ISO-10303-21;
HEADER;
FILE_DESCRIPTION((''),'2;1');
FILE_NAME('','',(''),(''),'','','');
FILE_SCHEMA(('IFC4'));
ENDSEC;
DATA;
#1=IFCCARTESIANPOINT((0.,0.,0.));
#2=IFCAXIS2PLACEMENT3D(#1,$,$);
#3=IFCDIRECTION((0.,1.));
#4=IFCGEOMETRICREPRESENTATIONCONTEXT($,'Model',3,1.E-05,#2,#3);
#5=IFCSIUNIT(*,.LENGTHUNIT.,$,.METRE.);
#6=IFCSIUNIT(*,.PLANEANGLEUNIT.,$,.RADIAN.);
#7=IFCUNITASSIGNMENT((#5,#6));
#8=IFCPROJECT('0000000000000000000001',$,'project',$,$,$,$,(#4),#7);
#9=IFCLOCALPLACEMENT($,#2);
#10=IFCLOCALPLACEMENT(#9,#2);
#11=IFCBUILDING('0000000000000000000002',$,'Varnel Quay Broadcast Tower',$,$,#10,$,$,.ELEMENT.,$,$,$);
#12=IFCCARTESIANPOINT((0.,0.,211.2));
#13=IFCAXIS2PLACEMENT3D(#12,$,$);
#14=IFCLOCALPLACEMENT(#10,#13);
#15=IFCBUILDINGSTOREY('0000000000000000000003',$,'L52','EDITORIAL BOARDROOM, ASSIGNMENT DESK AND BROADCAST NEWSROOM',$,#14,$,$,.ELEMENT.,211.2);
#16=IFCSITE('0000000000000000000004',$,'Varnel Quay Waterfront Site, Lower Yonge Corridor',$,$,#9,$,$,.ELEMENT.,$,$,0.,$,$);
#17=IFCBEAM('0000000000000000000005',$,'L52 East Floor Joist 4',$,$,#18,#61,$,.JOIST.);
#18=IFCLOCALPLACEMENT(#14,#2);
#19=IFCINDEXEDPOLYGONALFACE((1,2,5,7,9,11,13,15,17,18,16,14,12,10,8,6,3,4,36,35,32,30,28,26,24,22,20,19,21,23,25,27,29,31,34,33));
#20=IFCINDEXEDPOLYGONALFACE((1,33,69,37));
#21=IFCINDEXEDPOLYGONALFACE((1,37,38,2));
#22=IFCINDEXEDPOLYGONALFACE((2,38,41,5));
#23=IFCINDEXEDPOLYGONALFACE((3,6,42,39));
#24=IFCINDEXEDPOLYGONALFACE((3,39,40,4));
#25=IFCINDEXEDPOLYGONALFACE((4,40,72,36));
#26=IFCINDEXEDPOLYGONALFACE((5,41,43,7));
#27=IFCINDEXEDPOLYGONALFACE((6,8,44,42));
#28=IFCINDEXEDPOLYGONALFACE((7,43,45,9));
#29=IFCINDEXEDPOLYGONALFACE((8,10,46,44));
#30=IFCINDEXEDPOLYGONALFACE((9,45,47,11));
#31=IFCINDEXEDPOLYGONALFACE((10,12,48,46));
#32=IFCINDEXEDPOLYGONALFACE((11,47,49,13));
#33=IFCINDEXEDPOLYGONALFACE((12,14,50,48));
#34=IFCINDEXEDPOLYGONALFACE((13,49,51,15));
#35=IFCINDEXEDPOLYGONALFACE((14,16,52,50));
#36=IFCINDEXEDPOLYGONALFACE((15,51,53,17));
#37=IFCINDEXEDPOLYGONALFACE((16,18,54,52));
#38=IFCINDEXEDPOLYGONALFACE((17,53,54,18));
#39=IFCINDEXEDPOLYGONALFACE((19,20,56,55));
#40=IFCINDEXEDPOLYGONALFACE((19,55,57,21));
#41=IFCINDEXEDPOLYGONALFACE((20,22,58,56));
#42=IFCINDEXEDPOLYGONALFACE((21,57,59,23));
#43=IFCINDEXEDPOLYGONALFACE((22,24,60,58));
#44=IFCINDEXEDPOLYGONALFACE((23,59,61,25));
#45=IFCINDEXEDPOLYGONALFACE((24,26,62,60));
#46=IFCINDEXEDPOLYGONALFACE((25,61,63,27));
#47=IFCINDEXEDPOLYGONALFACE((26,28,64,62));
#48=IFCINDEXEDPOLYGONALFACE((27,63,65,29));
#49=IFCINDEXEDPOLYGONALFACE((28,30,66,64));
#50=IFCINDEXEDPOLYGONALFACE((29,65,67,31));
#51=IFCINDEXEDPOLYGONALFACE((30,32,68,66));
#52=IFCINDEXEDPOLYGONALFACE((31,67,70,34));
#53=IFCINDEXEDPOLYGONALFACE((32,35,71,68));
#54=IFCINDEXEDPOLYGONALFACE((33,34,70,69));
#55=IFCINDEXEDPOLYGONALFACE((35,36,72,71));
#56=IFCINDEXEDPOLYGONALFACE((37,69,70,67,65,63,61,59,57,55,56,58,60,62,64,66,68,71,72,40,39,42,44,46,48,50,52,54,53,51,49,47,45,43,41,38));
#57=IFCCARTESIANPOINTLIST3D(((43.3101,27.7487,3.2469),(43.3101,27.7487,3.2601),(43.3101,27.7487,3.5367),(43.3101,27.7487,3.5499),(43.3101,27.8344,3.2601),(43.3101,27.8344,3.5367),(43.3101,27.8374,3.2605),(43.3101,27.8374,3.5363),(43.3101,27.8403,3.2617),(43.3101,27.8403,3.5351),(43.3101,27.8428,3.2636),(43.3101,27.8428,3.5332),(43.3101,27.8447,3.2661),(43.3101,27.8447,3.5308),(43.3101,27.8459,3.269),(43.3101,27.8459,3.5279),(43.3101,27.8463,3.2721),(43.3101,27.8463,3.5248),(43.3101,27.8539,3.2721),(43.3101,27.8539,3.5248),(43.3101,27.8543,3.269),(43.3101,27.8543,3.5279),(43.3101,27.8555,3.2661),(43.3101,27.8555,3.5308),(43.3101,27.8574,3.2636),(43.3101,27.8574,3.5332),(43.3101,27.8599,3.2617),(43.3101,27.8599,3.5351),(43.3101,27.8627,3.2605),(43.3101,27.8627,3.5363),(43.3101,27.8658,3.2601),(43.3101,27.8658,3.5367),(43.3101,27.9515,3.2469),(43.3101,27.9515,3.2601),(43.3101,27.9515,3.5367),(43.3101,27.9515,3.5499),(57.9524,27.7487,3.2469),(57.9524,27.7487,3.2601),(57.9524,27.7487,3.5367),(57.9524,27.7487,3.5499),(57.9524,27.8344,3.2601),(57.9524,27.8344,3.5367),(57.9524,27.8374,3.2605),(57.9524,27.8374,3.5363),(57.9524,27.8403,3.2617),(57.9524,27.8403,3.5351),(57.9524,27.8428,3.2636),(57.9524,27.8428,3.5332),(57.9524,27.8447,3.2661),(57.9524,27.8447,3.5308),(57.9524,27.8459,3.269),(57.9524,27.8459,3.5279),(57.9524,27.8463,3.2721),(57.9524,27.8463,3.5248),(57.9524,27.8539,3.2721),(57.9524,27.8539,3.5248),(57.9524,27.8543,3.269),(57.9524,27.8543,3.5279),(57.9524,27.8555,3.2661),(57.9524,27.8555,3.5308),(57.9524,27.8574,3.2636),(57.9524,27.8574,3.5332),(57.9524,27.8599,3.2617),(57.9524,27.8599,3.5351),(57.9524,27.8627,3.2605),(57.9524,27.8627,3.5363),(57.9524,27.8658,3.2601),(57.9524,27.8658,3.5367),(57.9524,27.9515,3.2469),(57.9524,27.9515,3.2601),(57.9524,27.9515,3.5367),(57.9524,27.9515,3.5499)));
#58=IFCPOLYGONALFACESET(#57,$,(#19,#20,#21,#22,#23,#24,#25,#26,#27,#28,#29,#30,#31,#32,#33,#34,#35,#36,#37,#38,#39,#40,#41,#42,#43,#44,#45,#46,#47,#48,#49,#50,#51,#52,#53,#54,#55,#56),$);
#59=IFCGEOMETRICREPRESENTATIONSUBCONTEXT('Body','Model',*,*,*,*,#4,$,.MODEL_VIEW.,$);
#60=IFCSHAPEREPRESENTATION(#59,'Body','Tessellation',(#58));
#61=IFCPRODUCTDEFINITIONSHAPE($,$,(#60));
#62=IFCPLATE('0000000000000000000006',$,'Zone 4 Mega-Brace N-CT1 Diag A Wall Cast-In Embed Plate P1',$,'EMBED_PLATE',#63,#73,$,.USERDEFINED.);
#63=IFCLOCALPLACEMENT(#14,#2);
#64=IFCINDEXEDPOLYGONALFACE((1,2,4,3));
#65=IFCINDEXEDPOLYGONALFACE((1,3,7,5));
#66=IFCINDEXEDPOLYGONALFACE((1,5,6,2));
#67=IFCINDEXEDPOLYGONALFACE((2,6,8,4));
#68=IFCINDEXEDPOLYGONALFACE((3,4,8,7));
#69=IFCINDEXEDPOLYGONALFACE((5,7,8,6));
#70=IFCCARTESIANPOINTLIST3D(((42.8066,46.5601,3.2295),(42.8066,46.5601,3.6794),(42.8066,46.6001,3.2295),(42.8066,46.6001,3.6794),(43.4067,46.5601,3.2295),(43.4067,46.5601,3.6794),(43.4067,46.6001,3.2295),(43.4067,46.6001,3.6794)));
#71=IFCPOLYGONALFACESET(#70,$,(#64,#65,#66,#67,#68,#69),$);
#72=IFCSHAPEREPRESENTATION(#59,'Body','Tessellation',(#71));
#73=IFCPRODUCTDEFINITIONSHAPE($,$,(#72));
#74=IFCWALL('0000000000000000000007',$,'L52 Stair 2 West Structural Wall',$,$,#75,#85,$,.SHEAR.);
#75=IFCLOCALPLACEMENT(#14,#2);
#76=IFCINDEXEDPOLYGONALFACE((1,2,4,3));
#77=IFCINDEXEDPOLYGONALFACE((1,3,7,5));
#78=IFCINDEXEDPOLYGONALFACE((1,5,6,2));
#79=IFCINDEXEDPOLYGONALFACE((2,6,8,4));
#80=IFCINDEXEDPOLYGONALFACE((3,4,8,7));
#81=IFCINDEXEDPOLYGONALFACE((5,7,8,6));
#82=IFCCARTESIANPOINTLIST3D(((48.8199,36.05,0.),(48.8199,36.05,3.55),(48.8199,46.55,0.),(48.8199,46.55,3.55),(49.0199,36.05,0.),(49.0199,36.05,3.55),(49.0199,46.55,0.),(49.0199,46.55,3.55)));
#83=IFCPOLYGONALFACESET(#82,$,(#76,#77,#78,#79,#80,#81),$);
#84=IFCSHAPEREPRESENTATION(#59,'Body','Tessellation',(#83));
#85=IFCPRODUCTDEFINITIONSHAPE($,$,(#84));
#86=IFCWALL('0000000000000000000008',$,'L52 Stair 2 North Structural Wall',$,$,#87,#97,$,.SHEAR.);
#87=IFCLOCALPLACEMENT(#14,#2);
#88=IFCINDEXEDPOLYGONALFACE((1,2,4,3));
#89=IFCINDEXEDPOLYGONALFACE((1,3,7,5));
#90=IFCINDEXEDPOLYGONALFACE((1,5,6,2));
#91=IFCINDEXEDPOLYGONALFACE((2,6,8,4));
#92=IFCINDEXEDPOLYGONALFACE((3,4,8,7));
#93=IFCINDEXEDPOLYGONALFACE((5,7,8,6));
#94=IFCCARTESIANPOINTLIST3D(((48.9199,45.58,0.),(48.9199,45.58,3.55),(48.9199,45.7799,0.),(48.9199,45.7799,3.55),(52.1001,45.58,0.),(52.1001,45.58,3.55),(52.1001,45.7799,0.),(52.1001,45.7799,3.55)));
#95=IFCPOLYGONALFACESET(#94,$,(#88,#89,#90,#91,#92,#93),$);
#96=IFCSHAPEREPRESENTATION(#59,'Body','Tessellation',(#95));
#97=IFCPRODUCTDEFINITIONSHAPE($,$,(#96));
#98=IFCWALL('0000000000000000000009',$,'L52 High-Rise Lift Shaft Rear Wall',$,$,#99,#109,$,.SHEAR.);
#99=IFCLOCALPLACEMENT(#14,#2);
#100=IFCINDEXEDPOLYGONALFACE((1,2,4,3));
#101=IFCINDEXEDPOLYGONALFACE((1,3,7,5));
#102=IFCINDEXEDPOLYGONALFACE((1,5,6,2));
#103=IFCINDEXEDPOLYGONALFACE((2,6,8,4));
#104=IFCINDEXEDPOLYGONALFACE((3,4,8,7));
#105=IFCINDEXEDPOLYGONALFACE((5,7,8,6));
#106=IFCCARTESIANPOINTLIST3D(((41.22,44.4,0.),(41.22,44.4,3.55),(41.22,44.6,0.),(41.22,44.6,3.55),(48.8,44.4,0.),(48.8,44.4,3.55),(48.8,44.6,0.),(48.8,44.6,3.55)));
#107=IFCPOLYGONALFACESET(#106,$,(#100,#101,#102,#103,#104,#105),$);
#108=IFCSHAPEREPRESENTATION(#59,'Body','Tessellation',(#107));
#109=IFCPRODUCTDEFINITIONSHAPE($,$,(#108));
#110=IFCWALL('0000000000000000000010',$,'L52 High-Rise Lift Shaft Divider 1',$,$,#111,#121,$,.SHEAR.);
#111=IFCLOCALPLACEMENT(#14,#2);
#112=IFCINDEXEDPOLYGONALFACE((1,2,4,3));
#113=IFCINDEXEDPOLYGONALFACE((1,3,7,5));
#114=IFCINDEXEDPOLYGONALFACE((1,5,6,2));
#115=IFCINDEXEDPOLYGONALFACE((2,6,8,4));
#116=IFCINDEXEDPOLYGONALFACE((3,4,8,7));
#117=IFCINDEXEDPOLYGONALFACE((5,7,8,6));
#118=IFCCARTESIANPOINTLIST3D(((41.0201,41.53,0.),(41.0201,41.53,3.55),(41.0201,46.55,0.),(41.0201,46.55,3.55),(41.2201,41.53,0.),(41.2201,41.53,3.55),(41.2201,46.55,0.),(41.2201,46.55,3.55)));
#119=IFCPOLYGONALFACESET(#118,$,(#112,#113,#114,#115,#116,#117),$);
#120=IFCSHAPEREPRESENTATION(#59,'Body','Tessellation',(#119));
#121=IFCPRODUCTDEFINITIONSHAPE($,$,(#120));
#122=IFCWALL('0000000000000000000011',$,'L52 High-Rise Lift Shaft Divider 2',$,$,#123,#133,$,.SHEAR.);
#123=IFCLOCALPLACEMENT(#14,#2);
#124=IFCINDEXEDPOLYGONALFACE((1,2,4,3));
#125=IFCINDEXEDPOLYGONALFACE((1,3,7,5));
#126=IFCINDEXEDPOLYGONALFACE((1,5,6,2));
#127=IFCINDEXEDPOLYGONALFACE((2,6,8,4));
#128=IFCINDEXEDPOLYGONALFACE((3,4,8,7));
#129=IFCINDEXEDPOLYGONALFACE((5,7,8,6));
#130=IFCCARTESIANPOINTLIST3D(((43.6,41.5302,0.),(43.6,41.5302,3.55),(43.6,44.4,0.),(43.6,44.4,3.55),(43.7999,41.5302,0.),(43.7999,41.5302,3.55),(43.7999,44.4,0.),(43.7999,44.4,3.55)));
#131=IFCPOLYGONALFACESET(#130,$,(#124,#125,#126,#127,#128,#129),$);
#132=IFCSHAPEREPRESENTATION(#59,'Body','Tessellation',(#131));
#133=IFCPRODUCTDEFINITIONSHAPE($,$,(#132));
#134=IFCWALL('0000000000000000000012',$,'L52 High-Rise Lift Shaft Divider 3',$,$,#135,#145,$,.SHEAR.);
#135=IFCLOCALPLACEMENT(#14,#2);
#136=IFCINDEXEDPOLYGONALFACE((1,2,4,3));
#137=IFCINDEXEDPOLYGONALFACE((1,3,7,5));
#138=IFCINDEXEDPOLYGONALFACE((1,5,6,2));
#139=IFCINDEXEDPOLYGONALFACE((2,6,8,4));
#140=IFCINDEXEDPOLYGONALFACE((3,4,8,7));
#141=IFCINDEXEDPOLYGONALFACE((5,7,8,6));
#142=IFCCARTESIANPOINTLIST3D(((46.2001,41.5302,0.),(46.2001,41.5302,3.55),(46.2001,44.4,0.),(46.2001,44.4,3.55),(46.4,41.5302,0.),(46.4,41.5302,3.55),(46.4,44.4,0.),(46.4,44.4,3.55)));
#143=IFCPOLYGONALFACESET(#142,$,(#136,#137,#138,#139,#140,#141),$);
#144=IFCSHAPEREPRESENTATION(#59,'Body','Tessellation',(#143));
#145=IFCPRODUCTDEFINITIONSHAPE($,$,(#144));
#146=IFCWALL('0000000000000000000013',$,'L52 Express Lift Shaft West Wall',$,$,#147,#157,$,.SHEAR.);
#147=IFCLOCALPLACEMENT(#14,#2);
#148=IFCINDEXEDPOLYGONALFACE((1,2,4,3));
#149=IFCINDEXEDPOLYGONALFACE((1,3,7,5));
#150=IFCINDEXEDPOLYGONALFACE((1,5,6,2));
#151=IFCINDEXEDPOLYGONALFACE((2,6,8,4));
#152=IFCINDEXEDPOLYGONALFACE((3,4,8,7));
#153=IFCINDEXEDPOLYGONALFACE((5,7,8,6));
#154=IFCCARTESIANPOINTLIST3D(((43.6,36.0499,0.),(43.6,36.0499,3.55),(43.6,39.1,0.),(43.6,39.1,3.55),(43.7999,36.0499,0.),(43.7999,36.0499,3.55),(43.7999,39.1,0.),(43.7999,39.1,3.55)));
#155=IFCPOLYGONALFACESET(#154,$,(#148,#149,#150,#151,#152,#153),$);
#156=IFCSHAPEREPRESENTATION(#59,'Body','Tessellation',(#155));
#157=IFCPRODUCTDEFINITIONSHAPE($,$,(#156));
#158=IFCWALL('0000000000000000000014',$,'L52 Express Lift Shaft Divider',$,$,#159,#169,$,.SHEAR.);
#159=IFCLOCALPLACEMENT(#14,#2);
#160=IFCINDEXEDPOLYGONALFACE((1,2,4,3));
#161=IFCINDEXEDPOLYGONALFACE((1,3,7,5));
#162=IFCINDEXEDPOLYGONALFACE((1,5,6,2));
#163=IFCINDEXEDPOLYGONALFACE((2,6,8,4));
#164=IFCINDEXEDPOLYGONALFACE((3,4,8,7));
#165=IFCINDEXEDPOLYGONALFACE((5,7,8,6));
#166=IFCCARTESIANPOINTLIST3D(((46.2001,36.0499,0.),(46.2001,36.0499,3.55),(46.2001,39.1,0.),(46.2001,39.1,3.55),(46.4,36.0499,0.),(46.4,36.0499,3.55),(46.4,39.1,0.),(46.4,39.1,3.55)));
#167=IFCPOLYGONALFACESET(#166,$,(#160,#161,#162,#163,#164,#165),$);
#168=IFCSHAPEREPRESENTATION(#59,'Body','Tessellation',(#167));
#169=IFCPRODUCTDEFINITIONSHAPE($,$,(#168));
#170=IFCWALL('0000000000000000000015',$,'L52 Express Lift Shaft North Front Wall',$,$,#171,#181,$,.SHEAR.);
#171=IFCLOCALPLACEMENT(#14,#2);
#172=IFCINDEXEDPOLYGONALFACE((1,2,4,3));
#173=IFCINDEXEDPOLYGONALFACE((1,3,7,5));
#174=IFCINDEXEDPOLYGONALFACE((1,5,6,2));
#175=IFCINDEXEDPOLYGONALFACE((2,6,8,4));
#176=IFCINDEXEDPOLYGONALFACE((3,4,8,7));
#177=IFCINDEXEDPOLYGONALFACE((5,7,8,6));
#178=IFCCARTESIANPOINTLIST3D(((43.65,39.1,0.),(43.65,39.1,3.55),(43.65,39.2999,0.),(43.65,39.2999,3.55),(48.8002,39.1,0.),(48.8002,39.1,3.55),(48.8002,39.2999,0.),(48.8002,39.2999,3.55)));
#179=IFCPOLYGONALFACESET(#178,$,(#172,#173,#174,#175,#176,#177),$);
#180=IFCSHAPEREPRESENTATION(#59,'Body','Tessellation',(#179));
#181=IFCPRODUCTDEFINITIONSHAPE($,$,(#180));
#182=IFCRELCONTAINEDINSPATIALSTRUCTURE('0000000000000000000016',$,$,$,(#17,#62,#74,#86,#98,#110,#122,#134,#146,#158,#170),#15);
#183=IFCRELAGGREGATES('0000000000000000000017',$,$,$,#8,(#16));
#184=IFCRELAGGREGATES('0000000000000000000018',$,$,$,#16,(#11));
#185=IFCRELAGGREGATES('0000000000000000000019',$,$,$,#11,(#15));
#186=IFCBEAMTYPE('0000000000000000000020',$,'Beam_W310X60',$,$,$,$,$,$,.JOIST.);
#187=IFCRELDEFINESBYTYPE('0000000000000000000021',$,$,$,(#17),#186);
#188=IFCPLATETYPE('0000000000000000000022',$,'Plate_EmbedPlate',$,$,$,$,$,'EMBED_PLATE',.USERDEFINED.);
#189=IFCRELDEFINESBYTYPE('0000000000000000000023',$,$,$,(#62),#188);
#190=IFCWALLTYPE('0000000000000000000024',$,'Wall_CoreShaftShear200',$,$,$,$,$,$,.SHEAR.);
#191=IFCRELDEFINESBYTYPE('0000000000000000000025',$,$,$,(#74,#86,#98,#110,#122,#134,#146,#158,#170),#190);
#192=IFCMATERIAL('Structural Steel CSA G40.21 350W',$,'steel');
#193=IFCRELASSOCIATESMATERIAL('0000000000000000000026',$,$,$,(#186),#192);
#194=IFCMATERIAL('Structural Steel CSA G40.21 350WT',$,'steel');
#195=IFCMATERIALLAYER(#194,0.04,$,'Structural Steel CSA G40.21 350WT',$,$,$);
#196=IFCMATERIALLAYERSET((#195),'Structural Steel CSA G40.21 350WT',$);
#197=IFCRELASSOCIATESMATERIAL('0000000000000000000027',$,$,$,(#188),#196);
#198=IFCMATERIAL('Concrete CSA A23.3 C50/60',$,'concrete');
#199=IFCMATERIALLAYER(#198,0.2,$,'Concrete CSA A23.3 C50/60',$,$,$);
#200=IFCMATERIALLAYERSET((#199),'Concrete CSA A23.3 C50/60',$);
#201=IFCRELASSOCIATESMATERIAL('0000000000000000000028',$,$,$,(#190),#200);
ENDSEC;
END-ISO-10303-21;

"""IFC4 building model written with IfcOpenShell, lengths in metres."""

from ifc_helpers import new_model, si_unit, direction, frame, frame_2d, origin, origin_2d, place, context, subcontext, project, spatial, rectangle, i_section, extrude, source, transform, mapped, material, layer, layer_set, material_profile, profile_set, type_object, type_shapes, element, save


model = new_model("IFC4")

# Units and contexts
model_context = context("Model", 3, precision=1e-05, world=origin(), true_north=direction((0.0, 1.0)))
body_context = subcontext(model_context, "Body", "Model", "MODEL_VIEW")
ifc_project = project(units=[si_unit("LENGTHUNIT", "METRE"), si_unit("PLANEANGLEUNIT", "RADIAN")], contexts=[model_context])

# Site, building, storey
site_placement = place(None, origin())
site = spatial("IfcSite", under=ifc_project, at=site_placement, Name="Varnel Quay Waterfront Site, Lower Yonge Corridor", CompositionType="ELEMENT", RefElevation=0.0)
building_placement = place(site_placement, origin())
building = spatial("IfcBuilding", under=site, at=building_placement, Name="Varnel Quay Broadcast Tower", CompositionType="ELEMENT")
storey_placement = place(building_placement, frame((0.0, 0.0, 211.2)))
storey = spatial("IfcBuildingStorey", under=building, at=storey_placement, Name="L52", Description="EDITORIAL BOARDROOM, ASSIGNMENT DESK AND BROADCAST NEWSROOM", CompositionType="ELEMENT", Elevation=211.2)

# Shared definitions
ifc_material_1 = material(Name="Structural Steel CSA G40.21 350WT", Category="steel")

# Beam
ifc_material_2 = material(Name="Concrete CSA A23.3 C50/60", Category="concrete")
ifc_material_3 = material(Name="Structural Steel CSA G40.21 350W", Category="steel")
ifc_material_profile_1 = material_profile(ifc_material_3, i_section(OverallWidth=0.2029, OverallDepth=0.303, WebThickness=0.0076, FlangeThickness=0.0132, FilletRadius=0.012, at=origin_2d()), Name="W310X60")
ifc_profile_set_1 = profile_set([ifc_material_profile_1], Name="Structural Steel CSA G40.21 350W")
beam_type_1 = type_object("IfcBeamType", Name="Beam_W310X60", PredefinedType="JOIST", material=ifc_profile_set_1)
shared_shape_1 = source(origin(), body_context, "Body", "SweptSolid", [
    extrude(i_section(OverallWidth=0.2029, OverallDepth=0.303, WebThickness=0.0076, FlangeThickness=0.0132, FilletRadius=0.012, at=origin_2d()), origin(), (0.0, 0.0, 1.0), 14.6423),
])
type_shapes(beam_type_1, [shared_shape_1])
beam_1_placement = place(storey_placement, frame((43.3101, 27.8501, 3.3984), z_axis=(1.0, 0.0, 0.0), x_axis=(0.0, 1.0, 0.0)))
element("IfcBeam", 1, at=beam_1_placement, inside=storey, type_object=beam_type_1, Name="L52 East Floor Joist 4", PredefinedType="JOIST", context=body_context, shape_type="MappedRepresentation", body=[
    mapped(shared_shape_1, transform((0.0, 0.0, 0.0), x_axis=(1.0, 0.0, 0.0), y_axis=(0.0, 1.0, 0.0), z_axis=(0.0, 0.0, 1.0), scale=1.0)),
])

# Plate
ifc_layer_1 = layer(ifc_material_1, 0.04, Name="Structural Steel CSA G40.21 350WT")
ifc_layer_set_1 = layer_set([ifc_layer_1], Name="Structural Steel CSA G40.21 350WT")
plate_type = type_object("IfcPlateType", Name="Plate_EmbedPlate", ElementType="EMBED_PLATE", PredefinedType="USERDEFINED", material=ifc_layer_set_1)
shared_shape_2 = source(origin(), body_context, "Body", "SweptSolid", [
    extrude(rectangle(XDim=0.6001, YDim=0.04, at=origin_2d()), origin(), (0.0, 0.0, 1.0), 0.45),
])
type_shapes(plate_type, [shared_shape_2])
plate_placement = place(storey_placement, frame((43.1067, 46.5801, 3.2295), z_axis=(0.0, 0.0, 1.0), x_axis=(1.0, 0.0, 0.0)))
element("IfcPlate", 2, at=plate_placement, inside=storey, type_object=plate_type, Name="Zone 4 Mega-Brace N-CT1 Diag A Wall Cast-In Embed Plate P1", ObjectType="EMBED_PLATE", PredefinedType="USERDEFINED", context=body_context, shape_type="MappedRepresentation", body=[
    mapped(shared_shape_2, transform((0.0, 0.0, 0.0), x_axis=(1.0, 0.0, 0.0), y_axis=(0.0, 1.0, 0.0), z_axis=(0.0, 0.0, 1.0), scale=1.0)),
])

# Walls
ifc_layer_2 = layer(ifc_material_2, 0.2, Name="Concrete CSA A23.3 C50/60")
ifc_layer_set_2 = layer_set([ifc_layer_2], Name="Concrete CSA A23.3 C50/60")
wall_type_1 = type_object("IfcWallType", Name="Wall_CoreShaftShear200", PredefinedType="SHEAR", material=ifc_layer_set_2)
wall_1_placement = place(storey_placement, frame((48.9199, 36.05, 0.0), z_axis=(0.0, 0.0, 1.0), x_axis=(0.0, 1.0, 0.0)))
element("IfcWall", 3, at=wall_1_placement, inside=storey, type_object=wall_type_1, Name="L52 Stair 2 West Structural Wall", PredefinedType="SHEAR", context=body_context, shape_type="SweptSolid", body=[
    extrude(rectangle(XDim=10.5, YDim=0.2, at=frame_2d((5.25, 0.0))), origin(), (0.0, 0.0, 1.0), 3.55),
])
wall_2_placement = place(storey_placement, frame((48.9199, 45.6799, 0.0), z_axis=(0.0, 0.0, 1.0), x_axis=(1.0, 0.0, 0.0)))
element("IfcWall", 4, at=wall_2_placement, inside=storey, type_object=wall_type_1, Name="L52 Stair 2 North Structural Wall", PredefinedType="SHEAR", context=body_context, shape_type="SweptSolid", body=[
    extrude(rectangle(XDim=3.1802, YDim=0.2, at=frame_2d((1.5901, 0.0))), origin(), (0.0, 0.0, 1.0), 3.55),
])
wall_3_placement = place(storey_placement, frame((41.22, 44.5, 0.0), z_axis=(0.0, 0.0, 1.0), x_axis=(1.0, 0.0, 0.0)))
element("IfcWall", 5, at=wall_3_placement, inside=storey, type_object=wall_type_1, Name="L52 High-Rise Lift Shaft Rear Wall", PredefinedType="SHEAR", context=body_context, shape_type="SweptSolid", body=[
    extrude(rectangle(XDim=7.5801, YDim=0.2, at=frame_2d((3.79, 0.0))), origin(), (0.0, 0.0, 1.0), 3.55),
])
wall_4_placement = place(storey_placement, frame((41.1201, 41.53, 0.0), z_axis=(0.0, 0.0, 1.0), x_axis=(0.0, 1.0, 0.0)))
element("IfcWall", 6, at=wall_4_placement, inside=storey, type_object=wall_type_1, Name="L52 High-Rise Lift Shaft Divider 1", PredefinedType="SHEAR", context=body_context, shape_type="SweptSolid", body=[
    extrude(rectangle(XDim=5.02, YDim=0.2, at=frame_2d((2.51, 0.0))), origin(), (0.0, 0.0, 1.0), 3.55),
])
for number, where, z_axis, x_axis, name in (
    (7, (43.7, 41.53, 0.0), (0.0, 0.0, 1.0), (0.0, 1.0, 0.0), "L52 High-Rise Lift Shaft Divider 2"),
    (8, (46.3, 41.53, 0.0), (0.0, 0.0, 1.0), (0.0, 1.0, 0.0), "L52 High-Rise Lift Shaft Divider 3"),
):
    element("IfcWall", number, at=place(storey_placement, frame(where, z_axis=z_axis, x_axis=x_axis)), inside=storey, type_object=wall_type_1, Name=name, PredefinedType="SHEAR", context=body_context, shape_type="SweptSolid", body=[
        extrude(rectangle(XDim=2.8699, YDim=0.2, at=frame_2d((1.4351, 0.0))), origin(), (0.0, 0.0, 1.0), 3.55),
    ])
for number, where, z_axis, x_axis, name in (
    (9, (43.7, 36.05, 0.0), (0.0, 0.0, 1.0), (0.0, 1.0, 0.0), "L52 Express Lift Shaft West Wall"),
    (10, (46.3, 36.05, 0.0), (0.0, 0.0, 1.0), (0.0, 1.0, 0.0), "L52 Express Lift Shaft Divider"),
):
    element("IfcWall", number, at=place(storey_placement, frame(where, z_axis=z_axis, x_axis=x_axis)), inside=storey, type_object=wall_type_1, Name=name, PredefinedType="SHEAR", context=body_context, shape_type="SweptSolid", body=[
        extrude(rectangle(XDim=3.05, YDim=0.2, at=frame_2d((1.5249, 0.0))), origin(), (0.0, 0.0, 1.0), 3.55),
    ])
wall_5_placement = place(storey_placement, frame((43.6499, 39.2, 0.0), z_axis=(0.0, 0.0, 1.0), x_axis=(1.0, 0.0, 0.0)))
element("IfcWall", 11, at=wall_5_placement, inside=storey, type_object=wall_type_1, Name="L52 Express Lift Shaft North Front Wall", PredefinedType="SHEAR", context=body_context, shape_type="SweptSolid", body=[
    extrude(rectangle(XDim=5.1501, YDim=0.2, at=frame_2d((2.5752, 0.0))), origin(), (0.0, 0.0, 1.0), 3.55),
])

save(model, "model.ifc")
